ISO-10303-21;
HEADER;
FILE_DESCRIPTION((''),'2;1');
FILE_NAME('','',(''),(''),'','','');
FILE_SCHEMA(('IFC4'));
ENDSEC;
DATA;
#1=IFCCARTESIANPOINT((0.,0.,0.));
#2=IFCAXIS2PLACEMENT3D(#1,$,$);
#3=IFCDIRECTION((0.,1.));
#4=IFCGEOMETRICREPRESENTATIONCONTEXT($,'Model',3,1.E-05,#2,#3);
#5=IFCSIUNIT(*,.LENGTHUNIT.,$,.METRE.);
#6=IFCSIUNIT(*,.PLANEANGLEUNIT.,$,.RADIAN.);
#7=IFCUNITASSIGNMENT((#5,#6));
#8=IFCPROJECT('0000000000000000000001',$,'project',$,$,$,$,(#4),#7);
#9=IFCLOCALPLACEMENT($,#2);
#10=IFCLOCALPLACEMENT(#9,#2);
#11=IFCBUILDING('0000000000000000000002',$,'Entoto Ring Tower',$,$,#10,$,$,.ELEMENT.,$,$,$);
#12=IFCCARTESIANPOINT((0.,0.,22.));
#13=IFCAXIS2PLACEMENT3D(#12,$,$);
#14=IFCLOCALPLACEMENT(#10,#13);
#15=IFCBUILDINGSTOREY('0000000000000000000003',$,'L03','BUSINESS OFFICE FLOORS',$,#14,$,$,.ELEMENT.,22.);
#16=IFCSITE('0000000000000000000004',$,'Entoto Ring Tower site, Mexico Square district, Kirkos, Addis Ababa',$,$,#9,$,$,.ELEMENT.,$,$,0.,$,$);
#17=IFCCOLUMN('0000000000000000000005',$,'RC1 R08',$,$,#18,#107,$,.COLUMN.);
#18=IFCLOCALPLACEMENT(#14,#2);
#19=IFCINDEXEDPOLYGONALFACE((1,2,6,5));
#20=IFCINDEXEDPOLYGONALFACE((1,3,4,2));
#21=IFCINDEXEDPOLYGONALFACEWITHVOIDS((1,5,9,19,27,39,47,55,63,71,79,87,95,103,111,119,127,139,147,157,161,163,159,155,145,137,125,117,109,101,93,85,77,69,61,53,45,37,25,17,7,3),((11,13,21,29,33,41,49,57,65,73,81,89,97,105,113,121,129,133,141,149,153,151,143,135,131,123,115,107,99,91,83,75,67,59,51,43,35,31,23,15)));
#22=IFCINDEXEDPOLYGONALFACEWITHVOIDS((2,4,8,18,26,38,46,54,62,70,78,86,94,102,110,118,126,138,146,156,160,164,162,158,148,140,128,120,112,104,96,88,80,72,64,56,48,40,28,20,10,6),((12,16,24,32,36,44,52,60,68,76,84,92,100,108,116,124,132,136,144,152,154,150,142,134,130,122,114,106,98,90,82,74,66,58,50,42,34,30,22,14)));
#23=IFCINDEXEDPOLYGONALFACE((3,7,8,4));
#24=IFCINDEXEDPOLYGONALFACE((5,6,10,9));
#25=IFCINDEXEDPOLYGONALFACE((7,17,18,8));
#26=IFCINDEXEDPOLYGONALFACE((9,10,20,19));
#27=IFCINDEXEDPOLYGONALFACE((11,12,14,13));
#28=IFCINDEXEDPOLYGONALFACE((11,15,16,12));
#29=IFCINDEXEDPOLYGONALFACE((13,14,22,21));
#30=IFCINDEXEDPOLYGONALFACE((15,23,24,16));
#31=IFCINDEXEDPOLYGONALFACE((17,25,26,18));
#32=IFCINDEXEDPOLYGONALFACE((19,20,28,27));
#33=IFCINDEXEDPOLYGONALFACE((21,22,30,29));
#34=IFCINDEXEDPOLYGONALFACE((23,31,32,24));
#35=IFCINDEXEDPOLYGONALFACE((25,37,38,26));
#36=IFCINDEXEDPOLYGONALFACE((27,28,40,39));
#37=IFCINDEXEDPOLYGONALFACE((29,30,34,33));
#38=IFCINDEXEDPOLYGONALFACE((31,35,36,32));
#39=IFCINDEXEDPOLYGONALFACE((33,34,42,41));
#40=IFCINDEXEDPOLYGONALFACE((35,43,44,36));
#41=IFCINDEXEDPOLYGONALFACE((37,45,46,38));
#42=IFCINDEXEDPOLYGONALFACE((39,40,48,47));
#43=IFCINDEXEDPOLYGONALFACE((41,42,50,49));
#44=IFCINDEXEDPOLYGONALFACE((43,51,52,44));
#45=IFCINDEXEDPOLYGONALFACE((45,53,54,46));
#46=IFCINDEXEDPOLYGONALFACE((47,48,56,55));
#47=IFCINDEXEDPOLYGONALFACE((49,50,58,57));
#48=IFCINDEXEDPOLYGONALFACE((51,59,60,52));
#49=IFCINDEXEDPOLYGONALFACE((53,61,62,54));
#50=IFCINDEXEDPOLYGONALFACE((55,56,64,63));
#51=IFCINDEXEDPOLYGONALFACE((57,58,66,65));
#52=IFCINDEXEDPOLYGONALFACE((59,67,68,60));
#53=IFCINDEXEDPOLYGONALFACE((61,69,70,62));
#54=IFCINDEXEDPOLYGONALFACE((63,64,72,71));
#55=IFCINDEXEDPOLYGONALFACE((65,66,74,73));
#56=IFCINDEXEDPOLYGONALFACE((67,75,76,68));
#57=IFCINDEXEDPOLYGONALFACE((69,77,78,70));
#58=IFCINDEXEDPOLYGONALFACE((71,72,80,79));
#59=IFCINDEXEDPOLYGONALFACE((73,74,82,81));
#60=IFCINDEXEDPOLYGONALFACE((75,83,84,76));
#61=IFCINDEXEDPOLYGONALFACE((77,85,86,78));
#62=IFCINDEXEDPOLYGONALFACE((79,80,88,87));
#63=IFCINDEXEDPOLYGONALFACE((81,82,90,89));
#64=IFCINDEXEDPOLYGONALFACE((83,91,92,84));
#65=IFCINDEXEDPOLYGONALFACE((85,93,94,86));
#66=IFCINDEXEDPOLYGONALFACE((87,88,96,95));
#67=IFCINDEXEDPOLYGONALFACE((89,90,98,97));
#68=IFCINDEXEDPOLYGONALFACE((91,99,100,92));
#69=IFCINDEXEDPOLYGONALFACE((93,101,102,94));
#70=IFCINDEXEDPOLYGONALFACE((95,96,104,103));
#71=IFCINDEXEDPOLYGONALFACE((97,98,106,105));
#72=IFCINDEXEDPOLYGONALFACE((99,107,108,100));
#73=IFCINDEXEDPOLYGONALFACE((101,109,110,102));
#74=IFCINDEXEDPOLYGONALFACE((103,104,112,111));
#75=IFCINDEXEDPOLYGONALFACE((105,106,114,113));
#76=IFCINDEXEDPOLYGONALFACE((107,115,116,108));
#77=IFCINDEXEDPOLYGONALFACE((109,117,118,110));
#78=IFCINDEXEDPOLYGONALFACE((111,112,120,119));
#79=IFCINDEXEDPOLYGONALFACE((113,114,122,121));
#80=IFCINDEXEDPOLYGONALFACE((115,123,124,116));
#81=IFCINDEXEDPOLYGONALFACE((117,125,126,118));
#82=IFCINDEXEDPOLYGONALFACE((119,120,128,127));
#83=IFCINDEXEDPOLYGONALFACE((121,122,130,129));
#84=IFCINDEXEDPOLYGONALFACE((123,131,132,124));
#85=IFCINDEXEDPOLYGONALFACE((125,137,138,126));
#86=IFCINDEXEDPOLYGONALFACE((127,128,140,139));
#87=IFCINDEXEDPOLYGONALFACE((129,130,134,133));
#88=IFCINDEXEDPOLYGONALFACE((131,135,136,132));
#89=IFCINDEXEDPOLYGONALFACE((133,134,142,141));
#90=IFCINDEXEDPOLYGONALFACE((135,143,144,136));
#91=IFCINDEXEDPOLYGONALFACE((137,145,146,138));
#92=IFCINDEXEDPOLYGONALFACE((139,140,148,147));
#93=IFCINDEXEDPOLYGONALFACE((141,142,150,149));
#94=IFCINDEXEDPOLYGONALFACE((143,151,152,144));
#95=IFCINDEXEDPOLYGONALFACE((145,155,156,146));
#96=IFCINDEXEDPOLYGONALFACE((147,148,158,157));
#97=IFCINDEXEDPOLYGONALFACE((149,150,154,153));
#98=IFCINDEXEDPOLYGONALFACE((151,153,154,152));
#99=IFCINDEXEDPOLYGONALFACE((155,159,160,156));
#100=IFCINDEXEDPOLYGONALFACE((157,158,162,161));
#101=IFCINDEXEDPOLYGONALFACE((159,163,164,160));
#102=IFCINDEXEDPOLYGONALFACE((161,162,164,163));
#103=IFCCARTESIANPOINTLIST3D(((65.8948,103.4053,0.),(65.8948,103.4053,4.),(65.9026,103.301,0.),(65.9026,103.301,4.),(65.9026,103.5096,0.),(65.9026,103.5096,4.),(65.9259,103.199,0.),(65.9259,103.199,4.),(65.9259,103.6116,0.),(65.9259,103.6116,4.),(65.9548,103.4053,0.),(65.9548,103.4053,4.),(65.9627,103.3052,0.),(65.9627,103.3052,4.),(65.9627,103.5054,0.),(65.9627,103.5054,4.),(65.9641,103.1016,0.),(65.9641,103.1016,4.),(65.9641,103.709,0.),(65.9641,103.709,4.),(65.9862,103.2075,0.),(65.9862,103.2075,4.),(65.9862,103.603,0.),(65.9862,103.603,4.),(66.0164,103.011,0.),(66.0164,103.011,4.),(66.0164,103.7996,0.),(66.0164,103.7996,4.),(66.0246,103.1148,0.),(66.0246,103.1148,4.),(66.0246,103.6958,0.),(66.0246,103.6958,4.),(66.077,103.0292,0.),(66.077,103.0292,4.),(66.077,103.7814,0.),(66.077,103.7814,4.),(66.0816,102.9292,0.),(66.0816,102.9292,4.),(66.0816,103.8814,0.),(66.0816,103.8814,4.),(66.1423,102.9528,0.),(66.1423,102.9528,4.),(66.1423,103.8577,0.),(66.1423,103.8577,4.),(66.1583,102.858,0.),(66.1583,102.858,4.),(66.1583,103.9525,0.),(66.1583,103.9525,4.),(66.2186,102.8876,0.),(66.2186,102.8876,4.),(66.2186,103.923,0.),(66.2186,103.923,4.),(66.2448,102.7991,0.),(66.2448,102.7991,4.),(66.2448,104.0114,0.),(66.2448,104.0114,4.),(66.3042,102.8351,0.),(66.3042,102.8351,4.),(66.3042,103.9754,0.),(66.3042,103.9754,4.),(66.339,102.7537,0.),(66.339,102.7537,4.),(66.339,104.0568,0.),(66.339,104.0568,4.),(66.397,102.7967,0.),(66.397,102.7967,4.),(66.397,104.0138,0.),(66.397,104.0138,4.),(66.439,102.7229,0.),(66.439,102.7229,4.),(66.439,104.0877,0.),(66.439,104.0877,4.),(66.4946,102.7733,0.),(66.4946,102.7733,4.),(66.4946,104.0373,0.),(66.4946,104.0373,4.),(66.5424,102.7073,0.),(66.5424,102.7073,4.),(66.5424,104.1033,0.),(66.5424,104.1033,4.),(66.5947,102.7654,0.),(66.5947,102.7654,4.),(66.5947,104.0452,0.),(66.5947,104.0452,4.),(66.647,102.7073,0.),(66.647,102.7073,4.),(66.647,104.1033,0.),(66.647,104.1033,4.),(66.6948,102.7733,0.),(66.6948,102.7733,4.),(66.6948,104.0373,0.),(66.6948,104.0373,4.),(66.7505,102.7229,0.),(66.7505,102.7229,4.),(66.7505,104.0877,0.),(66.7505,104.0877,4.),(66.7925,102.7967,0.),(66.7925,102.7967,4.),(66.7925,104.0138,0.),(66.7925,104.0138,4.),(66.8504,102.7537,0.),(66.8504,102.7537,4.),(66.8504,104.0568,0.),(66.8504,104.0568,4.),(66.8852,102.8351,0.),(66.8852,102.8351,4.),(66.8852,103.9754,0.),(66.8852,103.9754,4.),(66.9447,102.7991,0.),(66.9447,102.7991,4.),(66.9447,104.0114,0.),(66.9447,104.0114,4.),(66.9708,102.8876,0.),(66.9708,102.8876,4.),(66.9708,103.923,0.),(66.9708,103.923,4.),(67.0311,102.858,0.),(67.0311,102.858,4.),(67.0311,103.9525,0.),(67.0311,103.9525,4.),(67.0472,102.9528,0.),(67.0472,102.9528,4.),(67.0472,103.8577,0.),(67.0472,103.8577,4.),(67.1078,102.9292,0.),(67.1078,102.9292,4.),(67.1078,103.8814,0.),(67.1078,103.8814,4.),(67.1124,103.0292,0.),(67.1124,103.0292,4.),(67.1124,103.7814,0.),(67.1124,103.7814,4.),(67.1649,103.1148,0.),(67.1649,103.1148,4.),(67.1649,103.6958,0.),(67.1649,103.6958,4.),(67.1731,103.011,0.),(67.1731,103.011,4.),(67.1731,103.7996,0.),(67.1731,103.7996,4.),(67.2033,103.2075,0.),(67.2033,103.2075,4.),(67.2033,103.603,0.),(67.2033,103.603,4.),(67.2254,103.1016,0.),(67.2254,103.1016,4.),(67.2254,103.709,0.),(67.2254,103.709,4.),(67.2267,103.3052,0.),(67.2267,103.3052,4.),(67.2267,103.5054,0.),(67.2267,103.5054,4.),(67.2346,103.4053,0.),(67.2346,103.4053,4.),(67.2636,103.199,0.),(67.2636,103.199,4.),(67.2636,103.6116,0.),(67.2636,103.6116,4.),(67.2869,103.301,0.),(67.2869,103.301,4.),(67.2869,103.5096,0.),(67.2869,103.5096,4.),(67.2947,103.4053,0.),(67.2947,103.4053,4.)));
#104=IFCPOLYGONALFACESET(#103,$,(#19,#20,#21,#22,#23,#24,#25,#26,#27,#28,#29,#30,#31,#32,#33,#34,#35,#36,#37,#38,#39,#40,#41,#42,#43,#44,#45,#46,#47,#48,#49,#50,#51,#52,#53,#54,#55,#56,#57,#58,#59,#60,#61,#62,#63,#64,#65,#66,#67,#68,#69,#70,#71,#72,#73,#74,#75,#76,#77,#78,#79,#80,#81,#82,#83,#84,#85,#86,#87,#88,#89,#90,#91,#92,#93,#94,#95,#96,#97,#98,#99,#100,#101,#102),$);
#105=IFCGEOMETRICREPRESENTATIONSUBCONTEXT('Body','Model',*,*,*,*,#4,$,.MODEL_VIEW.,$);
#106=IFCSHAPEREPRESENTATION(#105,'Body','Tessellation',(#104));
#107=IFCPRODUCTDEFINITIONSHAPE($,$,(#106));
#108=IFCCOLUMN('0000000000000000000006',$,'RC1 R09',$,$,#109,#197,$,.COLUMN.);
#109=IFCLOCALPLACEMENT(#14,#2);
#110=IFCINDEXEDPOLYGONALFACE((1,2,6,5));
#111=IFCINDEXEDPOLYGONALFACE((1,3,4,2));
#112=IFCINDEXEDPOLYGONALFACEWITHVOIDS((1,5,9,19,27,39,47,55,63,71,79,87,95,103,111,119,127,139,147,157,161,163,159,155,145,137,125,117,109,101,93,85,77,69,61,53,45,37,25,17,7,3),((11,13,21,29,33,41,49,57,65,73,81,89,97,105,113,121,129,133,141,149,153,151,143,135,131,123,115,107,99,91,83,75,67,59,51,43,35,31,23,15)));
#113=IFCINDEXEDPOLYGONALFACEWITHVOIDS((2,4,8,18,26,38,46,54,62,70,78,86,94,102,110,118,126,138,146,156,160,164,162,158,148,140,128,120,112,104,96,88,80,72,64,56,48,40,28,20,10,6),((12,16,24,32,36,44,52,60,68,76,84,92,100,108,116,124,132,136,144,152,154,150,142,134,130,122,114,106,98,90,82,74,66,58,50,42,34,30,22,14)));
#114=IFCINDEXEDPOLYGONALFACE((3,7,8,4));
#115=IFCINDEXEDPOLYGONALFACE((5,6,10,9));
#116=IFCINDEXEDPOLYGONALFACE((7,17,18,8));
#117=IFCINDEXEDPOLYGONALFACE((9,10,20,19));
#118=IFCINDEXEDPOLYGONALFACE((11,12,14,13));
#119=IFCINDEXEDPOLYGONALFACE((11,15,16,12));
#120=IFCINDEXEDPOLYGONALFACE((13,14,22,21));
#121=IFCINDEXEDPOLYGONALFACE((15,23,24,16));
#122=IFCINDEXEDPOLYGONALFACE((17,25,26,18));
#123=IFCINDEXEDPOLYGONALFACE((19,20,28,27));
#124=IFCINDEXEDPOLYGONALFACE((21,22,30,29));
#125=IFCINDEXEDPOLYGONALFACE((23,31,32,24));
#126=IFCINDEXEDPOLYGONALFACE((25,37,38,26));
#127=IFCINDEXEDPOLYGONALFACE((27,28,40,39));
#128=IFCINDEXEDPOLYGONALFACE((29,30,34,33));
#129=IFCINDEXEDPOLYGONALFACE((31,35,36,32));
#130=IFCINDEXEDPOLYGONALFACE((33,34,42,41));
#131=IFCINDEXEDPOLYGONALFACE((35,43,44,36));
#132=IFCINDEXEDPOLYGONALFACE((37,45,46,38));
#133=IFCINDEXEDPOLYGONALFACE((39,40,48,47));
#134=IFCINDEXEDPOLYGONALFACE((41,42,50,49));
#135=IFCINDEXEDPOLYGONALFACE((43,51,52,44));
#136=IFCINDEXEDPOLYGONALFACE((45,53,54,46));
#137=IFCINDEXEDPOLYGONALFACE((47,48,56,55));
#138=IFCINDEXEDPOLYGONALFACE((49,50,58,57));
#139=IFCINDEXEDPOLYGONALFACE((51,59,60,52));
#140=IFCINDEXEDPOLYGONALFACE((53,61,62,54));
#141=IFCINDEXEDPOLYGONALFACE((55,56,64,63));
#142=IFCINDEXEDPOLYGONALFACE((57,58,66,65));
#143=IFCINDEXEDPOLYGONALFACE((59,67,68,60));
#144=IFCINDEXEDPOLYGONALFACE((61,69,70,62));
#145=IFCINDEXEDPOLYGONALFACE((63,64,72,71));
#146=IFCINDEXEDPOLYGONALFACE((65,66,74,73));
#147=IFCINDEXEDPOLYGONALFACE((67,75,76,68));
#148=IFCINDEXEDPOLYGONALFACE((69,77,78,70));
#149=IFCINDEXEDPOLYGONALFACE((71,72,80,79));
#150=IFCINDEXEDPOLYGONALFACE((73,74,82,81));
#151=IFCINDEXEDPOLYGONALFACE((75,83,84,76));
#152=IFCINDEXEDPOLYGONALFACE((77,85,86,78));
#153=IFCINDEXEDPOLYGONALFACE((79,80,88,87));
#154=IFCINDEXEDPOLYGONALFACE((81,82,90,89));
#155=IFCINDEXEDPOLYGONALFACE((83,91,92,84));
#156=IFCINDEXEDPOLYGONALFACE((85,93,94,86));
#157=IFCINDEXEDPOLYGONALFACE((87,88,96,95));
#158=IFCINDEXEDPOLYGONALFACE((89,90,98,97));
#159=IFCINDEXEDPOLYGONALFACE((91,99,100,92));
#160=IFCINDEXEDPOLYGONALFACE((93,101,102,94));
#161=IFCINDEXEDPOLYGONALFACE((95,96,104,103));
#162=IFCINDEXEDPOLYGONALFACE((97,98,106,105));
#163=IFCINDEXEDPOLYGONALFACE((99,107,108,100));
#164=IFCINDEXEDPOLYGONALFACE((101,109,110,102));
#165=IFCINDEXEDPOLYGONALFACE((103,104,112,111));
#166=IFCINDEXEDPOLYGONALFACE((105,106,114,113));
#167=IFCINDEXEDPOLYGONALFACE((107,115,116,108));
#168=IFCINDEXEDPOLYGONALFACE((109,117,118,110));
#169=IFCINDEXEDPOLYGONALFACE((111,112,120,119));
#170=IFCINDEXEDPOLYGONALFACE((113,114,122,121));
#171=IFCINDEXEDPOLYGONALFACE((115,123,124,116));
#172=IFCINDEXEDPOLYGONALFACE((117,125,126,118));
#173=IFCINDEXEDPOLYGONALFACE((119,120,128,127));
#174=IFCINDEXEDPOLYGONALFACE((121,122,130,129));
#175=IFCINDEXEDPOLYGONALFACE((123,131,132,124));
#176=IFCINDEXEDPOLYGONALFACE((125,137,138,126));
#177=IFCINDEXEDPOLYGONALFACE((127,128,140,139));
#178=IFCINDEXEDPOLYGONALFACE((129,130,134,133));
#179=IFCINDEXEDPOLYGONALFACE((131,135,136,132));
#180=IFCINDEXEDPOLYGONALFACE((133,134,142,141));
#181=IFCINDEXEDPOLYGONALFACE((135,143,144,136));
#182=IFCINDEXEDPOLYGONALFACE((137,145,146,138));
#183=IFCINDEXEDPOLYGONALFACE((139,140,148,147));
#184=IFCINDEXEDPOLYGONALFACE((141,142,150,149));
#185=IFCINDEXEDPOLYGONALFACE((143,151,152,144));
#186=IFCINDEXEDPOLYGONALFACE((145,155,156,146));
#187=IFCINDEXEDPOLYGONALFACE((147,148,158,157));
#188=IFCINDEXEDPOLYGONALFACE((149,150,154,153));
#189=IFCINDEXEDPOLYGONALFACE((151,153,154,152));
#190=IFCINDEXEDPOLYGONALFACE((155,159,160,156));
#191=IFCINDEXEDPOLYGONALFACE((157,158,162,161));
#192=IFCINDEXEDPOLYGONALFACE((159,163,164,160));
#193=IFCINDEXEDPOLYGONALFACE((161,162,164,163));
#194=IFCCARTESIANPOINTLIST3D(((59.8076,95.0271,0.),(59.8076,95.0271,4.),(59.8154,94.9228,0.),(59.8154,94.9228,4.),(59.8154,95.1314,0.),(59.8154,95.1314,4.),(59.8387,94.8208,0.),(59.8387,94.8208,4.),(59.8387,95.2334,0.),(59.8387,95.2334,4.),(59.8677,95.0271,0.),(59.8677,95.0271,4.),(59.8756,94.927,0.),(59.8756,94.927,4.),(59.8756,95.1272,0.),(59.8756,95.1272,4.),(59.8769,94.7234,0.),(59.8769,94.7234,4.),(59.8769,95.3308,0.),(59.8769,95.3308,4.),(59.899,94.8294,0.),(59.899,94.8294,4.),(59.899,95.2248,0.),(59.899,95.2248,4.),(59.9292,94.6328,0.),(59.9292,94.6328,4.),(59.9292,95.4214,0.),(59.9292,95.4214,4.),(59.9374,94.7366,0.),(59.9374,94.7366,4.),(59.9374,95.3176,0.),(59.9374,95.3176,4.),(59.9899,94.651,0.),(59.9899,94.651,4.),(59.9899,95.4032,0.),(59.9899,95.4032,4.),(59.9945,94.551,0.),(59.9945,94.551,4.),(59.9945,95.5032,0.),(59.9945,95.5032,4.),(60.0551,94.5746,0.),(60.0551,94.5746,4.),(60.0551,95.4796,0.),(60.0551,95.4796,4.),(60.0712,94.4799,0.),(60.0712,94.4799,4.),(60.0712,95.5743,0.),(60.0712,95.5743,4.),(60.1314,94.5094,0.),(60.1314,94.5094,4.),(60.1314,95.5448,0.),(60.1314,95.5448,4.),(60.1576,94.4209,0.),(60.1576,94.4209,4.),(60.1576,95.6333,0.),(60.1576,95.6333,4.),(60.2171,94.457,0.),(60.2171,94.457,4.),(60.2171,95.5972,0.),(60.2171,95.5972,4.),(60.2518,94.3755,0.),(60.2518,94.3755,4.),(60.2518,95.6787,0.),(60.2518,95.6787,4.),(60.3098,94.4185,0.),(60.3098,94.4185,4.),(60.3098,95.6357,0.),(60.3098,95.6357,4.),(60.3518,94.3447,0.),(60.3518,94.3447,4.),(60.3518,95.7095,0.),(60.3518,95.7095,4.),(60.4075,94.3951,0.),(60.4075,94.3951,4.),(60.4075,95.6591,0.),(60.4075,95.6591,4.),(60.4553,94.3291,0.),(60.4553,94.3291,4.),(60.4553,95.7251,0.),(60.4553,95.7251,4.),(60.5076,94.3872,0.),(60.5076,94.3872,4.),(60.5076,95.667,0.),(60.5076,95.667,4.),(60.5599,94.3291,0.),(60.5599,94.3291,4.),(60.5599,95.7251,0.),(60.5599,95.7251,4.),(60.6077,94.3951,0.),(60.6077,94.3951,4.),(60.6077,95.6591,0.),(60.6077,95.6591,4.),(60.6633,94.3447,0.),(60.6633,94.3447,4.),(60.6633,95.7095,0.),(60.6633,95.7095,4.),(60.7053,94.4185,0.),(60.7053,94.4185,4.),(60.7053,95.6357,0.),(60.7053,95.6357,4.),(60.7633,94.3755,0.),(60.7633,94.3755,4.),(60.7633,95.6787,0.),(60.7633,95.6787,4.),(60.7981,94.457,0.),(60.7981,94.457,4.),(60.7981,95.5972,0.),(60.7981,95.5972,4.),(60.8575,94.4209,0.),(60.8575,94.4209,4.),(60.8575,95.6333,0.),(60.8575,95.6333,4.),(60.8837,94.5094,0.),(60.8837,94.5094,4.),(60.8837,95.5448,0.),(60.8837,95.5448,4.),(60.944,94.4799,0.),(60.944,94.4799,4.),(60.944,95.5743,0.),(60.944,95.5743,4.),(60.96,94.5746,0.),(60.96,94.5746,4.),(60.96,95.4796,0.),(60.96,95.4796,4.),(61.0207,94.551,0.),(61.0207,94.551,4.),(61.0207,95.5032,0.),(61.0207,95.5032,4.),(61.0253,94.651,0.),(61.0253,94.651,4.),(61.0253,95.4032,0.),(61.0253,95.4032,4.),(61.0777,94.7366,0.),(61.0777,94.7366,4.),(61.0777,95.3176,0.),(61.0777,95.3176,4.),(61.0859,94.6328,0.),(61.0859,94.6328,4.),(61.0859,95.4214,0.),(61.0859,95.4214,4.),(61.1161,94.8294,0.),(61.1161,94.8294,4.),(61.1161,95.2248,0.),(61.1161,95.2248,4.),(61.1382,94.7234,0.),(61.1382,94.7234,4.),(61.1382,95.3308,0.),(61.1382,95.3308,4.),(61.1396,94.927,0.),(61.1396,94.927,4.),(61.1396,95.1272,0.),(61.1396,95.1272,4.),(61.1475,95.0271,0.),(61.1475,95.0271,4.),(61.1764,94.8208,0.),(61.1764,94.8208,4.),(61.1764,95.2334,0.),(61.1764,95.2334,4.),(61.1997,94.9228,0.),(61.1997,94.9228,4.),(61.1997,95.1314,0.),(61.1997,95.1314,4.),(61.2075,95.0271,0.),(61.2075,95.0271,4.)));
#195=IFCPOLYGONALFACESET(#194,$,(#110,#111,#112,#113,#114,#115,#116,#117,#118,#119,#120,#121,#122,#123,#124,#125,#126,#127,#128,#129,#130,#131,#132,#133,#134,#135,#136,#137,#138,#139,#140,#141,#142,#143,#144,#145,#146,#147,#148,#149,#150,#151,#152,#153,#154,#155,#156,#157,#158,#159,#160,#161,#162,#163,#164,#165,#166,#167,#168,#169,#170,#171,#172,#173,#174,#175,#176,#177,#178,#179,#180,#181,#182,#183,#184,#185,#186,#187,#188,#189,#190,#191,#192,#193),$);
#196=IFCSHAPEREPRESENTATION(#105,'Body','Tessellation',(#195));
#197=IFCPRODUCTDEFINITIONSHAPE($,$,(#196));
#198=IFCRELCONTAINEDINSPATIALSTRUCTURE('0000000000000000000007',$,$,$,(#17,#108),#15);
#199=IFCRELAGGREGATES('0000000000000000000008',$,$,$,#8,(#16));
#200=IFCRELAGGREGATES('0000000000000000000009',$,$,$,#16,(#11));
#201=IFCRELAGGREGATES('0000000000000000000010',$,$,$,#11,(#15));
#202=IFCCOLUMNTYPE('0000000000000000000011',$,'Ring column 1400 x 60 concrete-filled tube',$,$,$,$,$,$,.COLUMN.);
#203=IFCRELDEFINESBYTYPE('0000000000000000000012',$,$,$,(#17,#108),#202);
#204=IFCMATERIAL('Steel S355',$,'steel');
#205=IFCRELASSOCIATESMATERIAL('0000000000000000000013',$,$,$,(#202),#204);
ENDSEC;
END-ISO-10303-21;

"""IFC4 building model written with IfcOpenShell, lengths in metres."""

from ifc_helpers import new_model, si_unit, direction, frame, origin, origin_2d, place, context, subcontext, project, spatial, circle, hollow_circle, extrude, material, material_profile, profile_set, type_object, element, save


model = new_model("IFC4")

# Units and contexts
model_context = context("Model", 3, precision=1e-05, world=origin(), true_north=direction((0.0, 1.0)))
body_context = subcontext(model_context, "Body", "Model", "MODEL_VIEW")
ifc_project = project(units=[si_unit("LENGTHUNIT", "METRE"), si_unit("PLANEANGLEUNIT", "RADIAN")], contexts=[model_context])

# Site, building, storey
site_placement = place(None, origin())
site = spatial("IfcSite", under=ifc_project, at=site_placement, Name="Entoto Ring Tower site, Mexico Square district, Kirkos, Addis Ababa", CompositionType="ELEMENT", RefElevation=0.0)
building_placement = place(site_placement, origin())
building = spatial("IfcBuilding", under=site, at=building_placement, Name="Entoto Ring Tower", CompositionType="ELEMENT")
storey_placement = place(building_placement, frame((0.0, 0.0, 22.0)))
storey = spatial("IfcBuildingStorey", under=building, at=storey_placement, Name="L03", Description="BUSINESS OFFICE FLOORS", CompositionType="ELEMENT", Elevation=22.0)

# Columns
ifc_material_1 = material(Name="Steel S355", Category="steel")
ifc_material_profile_1 = material_profile(ifc_material_1, hollow_circle(Radius=0.7, WallThickness=0.0601, at=origin_2d()), Name="CHS 1400 x 60")
ifc_material_2 = material(Name="Concrete C60/75", Category="concrete")
ifc_material_profile_2 = material_profile(ifc_material_2, circle(Radius=0.6399, at=origin_2d()), Name="Concrete C60/75 infill")
ifc_profile_set_1 = profile_set([ifc_material_profile_1, ifc_material_profile_2], Name="Steel S355")
column_type = type_object("IfcColumnType", Name="Ring column 1400 x 60 concrete-filled tube", PredefinedType="COLUMN", material=ifc_profile_set_1)
for number, where, z_axis, x_axis, name in (
    (1, (66.5947, 103.4053, 0.0), (0.0, 0.0, 1.0), (1.0, 0.0, 0.0), "RC1 R08"),
    (2, (60.5076, 95.0271, 0.0), (0.0, 0.0, 1.0), (1.0, 0.0, 0.0), "RC1 R09"),
):
    element("IfcColumn", number, at=place(storey_placement, frame(where, z_axis=z_axis, x_axis=x_axis)), inside=storey, type_object=column_type, Name=name, PredefinedType="COLUMN", context=body_context, shape_type="SweptSolid", body=[
        extrude(hollow_circle(Radius=0.7, WallThickness=0.0601, at=origin_2d()), origin(), (0.0, 0.0, 1.0), 4.0),
    ])

save(model, "model.ifc")
